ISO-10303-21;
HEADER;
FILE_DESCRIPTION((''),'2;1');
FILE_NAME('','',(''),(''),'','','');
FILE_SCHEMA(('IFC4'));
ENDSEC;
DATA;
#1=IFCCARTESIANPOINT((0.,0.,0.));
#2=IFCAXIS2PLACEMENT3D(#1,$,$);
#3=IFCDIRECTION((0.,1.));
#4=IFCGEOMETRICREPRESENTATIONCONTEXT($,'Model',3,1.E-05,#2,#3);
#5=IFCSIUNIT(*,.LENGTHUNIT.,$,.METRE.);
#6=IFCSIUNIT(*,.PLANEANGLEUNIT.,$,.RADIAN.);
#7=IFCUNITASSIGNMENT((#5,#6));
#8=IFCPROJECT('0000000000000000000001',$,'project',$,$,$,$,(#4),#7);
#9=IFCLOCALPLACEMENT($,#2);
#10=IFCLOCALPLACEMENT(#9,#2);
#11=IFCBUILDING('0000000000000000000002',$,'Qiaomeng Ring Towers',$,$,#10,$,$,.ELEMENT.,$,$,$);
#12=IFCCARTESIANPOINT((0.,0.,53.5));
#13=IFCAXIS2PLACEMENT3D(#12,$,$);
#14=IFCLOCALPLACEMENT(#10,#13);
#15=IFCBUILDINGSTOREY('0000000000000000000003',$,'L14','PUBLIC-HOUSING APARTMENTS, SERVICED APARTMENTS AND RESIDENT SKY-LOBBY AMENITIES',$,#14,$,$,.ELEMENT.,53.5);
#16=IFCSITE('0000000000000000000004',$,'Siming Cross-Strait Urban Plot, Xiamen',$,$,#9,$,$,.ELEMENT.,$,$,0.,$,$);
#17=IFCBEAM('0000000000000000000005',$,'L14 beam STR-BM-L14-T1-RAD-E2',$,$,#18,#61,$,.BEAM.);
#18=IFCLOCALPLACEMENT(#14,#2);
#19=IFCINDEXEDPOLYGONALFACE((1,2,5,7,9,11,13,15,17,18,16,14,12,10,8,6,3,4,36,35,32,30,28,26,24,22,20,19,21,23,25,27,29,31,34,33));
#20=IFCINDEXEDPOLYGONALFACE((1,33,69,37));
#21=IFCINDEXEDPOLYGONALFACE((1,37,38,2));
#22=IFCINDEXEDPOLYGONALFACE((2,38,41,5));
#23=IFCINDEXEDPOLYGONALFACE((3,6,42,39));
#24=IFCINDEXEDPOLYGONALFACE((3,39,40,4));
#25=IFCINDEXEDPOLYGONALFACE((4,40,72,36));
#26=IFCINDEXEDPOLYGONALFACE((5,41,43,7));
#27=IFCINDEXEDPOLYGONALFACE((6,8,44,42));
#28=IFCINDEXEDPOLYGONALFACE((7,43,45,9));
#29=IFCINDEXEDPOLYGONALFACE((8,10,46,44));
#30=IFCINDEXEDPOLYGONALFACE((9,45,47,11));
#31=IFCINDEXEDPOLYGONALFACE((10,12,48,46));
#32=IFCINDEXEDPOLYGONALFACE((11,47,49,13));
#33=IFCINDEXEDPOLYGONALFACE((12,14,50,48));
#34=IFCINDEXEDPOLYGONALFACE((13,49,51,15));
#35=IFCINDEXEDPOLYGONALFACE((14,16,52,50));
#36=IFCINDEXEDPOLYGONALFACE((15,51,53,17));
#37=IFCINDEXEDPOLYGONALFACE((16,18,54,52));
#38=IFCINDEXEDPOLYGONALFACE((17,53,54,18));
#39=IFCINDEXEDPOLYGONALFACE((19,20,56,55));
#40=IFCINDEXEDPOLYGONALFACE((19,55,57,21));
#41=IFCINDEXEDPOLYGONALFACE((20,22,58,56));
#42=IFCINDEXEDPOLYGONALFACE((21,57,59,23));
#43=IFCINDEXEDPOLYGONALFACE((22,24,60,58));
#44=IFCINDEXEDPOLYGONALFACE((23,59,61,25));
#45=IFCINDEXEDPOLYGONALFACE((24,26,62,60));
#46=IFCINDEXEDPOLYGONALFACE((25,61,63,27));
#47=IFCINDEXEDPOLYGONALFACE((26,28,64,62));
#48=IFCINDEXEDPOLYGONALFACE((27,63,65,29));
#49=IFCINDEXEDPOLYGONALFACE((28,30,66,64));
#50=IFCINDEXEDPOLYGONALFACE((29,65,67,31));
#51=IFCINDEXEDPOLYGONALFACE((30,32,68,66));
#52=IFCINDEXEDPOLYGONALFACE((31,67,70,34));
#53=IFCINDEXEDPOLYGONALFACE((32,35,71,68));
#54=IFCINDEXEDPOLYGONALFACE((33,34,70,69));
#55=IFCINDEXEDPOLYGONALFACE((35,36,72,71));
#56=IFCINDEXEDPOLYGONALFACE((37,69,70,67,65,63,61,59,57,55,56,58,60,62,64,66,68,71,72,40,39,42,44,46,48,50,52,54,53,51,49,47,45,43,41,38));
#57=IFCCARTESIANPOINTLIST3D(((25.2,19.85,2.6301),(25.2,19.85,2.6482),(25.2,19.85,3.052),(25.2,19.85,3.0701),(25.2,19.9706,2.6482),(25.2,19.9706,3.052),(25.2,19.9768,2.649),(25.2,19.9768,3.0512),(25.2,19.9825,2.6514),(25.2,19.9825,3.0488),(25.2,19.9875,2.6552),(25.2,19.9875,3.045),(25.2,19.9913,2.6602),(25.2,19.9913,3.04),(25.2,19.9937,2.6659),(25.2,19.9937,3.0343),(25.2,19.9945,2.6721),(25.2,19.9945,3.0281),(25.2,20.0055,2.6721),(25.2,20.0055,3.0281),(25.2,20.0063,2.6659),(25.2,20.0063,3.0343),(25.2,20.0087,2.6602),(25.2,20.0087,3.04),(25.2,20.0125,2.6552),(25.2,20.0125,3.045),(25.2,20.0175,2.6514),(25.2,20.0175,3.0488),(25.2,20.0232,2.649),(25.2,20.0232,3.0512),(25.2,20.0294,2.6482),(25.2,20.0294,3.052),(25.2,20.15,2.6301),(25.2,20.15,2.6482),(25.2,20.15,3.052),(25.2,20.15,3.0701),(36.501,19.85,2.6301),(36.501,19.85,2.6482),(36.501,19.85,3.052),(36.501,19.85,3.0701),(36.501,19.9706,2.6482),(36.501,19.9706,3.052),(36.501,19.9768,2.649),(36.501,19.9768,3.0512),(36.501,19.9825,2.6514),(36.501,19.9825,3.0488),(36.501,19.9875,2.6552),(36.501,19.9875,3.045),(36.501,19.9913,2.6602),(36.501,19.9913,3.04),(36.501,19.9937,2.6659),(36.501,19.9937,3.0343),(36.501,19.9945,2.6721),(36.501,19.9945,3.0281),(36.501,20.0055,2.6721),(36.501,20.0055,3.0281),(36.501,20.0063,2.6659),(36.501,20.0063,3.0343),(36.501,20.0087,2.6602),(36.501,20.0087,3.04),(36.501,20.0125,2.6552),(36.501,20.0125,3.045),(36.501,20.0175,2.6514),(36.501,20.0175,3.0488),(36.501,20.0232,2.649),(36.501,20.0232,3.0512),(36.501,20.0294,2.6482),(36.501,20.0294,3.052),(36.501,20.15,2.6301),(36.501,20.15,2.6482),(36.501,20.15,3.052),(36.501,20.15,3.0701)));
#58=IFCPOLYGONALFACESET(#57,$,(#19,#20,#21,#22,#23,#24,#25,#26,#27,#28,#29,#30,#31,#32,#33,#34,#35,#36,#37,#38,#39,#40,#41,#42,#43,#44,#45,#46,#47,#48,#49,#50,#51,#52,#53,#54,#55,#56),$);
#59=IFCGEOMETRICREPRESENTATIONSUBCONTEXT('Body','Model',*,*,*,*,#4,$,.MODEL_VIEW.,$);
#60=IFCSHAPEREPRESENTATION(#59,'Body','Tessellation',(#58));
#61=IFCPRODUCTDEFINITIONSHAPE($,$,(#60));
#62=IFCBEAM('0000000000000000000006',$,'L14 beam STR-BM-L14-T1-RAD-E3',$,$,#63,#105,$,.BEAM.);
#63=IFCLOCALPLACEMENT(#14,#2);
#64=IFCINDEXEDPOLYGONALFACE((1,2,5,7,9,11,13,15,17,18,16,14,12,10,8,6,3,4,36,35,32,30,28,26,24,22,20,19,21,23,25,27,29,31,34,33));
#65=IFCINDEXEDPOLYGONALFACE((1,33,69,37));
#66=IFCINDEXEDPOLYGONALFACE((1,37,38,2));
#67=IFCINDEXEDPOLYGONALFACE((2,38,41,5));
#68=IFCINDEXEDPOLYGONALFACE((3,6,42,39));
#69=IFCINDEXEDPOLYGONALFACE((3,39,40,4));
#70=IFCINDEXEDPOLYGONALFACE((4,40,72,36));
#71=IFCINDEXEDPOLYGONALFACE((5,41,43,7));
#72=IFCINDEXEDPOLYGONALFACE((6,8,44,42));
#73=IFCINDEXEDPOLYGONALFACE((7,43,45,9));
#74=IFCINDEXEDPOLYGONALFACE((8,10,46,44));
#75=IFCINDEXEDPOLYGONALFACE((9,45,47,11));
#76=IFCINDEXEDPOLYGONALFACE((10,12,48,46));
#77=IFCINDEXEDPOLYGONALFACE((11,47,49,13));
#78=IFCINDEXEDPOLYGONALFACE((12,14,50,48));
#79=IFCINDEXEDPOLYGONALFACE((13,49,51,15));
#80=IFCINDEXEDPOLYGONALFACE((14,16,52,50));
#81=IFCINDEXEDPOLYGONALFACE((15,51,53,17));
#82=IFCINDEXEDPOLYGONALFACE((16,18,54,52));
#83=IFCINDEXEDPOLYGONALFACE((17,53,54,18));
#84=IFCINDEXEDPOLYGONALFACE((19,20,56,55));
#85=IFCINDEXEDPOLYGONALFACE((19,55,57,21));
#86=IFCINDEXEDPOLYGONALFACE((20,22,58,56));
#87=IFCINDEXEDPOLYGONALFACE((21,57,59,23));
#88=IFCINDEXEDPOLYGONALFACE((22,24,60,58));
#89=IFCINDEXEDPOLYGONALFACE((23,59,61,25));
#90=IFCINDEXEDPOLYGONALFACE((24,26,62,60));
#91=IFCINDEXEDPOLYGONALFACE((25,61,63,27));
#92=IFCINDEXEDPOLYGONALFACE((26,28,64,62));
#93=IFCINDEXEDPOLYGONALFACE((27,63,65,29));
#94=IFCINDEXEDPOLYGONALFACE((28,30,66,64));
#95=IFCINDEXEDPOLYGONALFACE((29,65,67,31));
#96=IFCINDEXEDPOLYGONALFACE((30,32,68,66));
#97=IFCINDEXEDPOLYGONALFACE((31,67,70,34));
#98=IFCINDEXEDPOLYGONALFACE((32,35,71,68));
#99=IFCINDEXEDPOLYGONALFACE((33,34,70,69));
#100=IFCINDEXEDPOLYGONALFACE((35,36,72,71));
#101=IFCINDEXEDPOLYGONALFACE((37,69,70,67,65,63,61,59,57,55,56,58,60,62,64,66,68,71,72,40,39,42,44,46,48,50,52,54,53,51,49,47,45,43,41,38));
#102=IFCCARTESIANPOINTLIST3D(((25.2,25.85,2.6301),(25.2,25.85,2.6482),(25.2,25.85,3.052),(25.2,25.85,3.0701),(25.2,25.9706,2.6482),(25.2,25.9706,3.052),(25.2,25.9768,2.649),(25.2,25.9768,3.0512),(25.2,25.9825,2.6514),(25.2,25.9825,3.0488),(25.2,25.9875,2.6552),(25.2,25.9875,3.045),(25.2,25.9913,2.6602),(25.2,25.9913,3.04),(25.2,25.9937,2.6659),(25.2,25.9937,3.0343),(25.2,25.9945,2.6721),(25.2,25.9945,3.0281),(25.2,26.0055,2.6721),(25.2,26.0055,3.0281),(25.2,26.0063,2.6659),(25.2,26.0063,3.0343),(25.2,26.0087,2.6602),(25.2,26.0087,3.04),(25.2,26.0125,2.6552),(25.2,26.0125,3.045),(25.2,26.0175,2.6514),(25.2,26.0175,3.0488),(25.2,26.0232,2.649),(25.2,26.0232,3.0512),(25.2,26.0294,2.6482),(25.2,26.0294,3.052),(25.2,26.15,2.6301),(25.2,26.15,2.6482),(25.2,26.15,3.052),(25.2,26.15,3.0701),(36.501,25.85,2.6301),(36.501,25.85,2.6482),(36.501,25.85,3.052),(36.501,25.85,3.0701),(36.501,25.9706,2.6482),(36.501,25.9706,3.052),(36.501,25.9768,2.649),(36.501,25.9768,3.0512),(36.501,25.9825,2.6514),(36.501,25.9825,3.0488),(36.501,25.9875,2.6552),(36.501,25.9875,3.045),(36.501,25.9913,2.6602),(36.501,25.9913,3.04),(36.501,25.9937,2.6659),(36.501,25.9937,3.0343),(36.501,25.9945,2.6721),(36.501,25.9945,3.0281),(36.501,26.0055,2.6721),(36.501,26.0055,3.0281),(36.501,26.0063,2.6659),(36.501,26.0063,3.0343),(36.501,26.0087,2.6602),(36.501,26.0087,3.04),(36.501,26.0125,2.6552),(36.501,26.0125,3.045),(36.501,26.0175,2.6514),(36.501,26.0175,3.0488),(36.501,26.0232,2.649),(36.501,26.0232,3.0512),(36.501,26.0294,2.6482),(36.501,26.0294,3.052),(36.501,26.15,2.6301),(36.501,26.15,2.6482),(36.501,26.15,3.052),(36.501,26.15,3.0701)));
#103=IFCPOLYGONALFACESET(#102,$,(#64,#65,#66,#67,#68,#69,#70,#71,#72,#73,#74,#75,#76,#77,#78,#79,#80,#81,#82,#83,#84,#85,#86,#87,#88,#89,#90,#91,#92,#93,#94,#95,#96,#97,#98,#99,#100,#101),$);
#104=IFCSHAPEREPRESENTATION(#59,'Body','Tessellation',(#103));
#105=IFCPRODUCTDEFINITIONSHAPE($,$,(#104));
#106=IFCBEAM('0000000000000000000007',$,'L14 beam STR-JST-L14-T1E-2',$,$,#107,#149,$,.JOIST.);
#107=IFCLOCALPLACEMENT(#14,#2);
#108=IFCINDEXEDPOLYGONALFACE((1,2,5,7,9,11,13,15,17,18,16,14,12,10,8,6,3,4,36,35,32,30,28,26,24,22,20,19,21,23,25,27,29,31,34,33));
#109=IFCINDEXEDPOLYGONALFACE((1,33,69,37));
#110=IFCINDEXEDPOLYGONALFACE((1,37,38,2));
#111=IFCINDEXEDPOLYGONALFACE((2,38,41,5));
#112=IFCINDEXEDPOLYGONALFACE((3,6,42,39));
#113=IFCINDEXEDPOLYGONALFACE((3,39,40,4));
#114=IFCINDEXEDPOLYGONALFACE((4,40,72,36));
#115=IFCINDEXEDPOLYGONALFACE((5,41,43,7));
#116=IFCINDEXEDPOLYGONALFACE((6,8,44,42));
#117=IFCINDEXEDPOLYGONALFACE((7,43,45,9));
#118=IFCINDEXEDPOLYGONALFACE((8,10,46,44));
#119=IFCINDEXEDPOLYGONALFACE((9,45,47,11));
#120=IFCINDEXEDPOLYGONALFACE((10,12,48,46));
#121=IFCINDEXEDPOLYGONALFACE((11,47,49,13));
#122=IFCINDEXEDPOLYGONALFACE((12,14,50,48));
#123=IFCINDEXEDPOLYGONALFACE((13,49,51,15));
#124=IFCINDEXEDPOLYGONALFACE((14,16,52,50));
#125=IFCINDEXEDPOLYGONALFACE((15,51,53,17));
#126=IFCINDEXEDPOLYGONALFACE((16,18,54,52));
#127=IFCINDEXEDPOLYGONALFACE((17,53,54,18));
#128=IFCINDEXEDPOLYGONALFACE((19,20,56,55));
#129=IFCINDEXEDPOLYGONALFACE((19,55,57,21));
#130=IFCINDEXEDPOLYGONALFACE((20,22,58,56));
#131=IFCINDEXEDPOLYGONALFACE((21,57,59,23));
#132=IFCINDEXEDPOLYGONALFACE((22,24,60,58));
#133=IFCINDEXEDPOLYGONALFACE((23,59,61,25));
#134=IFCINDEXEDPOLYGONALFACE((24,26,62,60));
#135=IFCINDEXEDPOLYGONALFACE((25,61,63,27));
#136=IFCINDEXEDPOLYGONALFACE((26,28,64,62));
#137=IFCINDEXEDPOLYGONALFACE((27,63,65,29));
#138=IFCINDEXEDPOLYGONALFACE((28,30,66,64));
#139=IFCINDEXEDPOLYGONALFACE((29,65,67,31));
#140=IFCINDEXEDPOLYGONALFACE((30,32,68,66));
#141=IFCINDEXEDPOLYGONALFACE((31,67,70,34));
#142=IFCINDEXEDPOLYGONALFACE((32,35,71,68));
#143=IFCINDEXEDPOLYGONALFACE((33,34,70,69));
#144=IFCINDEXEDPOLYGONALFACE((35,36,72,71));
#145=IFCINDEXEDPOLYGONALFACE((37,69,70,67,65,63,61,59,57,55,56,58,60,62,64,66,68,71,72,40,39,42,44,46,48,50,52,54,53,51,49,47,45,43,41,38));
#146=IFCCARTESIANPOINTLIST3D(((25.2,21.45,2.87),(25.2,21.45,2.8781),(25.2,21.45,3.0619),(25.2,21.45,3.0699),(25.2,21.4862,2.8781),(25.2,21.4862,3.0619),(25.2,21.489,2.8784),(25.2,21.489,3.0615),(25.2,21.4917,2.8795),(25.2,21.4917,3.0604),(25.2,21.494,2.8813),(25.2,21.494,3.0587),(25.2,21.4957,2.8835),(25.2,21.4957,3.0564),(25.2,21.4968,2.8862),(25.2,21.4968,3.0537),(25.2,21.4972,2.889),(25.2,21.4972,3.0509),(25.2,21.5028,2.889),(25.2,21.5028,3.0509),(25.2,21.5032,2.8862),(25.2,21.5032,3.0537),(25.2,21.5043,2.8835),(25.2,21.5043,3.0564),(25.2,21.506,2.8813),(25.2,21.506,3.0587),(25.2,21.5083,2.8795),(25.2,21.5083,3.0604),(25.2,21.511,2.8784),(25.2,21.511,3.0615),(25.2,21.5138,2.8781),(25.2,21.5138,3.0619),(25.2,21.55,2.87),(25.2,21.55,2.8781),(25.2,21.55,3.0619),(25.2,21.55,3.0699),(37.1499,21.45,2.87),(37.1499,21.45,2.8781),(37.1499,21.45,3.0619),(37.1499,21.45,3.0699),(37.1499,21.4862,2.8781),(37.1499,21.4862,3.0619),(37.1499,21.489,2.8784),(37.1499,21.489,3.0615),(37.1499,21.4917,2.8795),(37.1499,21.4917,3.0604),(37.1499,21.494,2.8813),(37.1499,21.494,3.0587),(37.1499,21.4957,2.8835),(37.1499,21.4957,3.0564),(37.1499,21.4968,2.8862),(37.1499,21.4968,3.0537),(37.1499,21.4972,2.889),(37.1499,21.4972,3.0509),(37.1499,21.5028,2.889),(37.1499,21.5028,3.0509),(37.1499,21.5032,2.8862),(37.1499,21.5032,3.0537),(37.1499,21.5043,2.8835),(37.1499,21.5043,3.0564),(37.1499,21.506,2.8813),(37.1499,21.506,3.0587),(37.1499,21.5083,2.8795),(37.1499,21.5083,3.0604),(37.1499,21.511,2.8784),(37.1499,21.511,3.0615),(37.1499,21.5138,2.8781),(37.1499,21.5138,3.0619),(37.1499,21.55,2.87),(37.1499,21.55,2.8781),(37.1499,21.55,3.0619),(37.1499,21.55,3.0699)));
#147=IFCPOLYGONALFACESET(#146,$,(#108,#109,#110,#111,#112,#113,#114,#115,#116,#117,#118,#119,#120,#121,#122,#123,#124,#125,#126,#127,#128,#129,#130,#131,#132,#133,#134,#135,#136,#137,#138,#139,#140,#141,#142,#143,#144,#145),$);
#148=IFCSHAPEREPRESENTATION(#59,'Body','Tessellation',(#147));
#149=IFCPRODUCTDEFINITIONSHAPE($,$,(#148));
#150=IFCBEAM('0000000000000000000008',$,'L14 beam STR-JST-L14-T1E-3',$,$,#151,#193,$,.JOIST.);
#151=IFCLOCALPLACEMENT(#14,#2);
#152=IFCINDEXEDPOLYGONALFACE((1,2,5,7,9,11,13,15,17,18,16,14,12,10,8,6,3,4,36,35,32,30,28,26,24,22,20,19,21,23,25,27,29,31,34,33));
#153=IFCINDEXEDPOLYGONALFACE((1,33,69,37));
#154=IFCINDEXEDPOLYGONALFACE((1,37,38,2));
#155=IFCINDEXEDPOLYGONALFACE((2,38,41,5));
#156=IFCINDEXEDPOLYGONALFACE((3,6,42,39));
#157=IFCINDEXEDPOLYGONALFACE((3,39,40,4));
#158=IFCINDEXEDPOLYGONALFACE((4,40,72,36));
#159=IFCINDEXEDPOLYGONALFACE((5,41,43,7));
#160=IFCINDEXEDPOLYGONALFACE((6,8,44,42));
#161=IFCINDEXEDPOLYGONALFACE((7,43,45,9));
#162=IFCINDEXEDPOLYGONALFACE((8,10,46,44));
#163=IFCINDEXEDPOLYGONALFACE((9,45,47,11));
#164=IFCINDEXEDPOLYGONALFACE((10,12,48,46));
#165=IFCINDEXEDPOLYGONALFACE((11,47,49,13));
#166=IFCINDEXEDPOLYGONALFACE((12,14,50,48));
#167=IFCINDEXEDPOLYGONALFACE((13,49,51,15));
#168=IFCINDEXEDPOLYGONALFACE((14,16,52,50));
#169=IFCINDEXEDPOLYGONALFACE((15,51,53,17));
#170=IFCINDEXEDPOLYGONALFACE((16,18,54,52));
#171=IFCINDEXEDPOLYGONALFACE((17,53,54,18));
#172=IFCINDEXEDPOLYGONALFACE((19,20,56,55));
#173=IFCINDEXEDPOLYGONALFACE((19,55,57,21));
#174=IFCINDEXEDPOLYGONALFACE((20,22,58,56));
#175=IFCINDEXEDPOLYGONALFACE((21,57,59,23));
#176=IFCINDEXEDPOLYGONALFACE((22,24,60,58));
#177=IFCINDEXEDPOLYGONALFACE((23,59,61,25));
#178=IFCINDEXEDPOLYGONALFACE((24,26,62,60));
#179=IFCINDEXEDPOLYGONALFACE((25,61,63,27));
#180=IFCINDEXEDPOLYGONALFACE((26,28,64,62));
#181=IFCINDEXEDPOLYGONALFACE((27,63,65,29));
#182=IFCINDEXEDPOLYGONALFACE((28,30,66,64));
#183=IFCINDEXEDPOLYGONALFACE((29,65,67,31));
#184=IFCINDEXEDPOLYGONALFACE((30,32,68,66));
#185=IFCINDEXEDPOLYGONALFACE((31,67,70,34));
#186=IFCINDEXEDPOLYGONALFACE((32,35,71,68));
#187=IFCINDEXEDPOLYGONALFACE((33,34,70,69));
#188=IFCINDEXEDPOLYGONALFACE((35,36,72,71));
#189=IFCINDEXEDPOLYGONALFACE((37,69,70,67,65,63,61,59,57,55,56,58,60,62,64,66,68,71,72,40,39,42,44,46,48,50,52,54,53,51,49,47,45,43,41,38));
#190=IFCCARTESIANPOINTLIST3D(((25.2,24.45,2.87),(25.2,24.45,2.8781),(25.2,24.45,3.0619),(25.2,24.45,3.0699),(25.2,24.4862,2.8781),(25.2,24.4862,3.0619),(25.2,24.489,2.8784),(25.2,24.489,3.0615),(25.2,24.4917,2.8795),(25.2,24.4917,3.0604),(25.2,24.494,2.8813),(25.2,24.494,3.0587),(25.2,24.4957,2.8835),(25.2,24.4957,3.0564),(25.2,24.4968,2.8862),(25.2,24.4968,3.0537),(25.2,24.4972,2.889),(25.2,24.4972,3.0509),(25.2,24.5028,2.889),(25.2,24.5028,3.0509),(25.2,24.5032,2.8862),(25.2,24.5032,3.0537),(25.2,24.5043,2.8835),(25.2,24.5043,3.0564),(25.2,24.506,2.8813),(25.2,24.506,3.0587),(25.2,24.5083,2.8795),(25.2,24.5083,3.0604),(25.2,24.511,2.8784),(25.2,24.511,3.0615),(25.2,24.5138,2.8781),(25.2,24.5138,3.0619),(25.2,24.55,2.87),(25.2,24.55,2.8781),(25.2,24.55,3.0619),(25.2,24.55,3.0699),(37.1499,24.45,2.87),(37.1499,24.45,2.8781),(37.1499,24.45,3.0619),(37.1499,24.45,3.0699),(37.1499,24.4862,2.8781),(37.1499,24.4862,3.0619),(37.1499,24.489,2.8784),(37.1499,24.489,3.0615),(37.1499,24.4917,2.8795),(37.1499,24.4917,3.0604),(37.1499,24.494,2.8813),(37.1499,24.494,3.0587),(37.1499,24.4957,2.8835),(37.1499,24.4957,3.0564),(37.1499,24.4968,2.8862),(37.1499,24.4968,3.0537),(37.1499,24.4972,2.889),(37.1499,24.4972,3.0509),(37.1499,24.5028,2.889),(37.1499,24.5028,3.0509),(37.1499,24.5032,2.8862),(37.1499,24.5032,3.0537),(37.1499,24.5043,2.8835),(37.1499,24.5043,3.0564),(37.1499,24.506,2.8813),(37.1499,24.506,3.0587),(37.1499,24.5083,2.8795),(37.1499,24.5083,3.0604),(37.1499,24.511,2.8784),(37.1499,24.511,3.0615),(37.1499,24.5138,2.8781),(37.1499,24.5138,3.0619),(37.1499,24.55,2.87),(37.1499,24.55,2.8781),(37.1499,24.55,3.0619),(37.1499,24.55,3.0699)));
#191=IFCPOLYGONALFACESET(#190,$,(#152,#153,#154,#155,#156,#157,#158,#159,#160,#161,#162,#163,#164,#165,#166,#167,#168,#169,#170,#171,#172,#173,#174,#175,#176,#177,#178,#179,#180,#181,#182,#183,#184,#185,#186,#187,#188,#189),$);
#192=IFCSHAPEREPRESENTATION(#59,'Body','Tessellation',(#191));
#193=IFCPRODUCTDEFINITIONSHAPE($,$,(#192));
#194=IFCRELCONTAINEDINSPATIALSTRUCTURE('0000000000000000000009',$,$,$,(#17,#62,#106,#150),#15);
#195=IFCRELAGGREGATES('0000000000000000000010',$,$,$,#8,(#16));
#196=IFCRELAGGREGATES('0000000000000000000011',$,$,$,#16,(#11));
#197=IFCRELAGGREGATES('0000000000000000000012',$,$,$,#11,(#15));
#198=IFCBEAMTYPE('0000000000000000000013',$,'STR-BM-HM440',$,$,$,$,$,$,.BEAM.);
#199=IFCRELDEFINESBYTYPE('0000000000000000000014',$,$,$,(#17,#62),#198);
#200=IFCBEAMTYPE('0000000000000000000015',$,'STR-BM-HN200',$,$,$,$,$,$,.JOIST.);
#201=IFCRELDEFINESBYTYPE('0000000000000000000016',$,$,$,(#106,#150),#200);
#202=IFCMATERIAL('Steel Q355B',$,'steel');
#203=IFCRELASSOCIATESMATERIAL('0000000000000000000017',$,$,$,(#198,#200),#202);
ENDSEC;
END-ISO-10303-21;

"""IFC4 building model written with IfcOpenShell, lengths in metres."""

from ifc_helpers import new_model, si_unit, direction, frame, origin, origin_2d, place, context, subcontext, project, spatial, i_section, extrude, source, transform, mapped, material, material_profile, profile_set, type_object, element, save


model = new_model("IFC4")

# Units and contexts
model_context = context("Model", 3, precision=1e-05, world=origin(), true_north=direction((0.0, 1.0)))
body_context = subcontext(model_context, "Body", "Model", "MODEL_VIEW")
ifc_project = project(units=[si_unit("LENGTHUNIT", "METRE"), si_unit("PLANEANGLEUNIT", "RADIAN")], contexts=[model_context])

# Site, building, storey
site_placement = place(None, origin())
site = spatial("IfcSite", under=ifc_project, at=site_placement, Name="Siming Cross-Strait Urban Plot, Xiamen", CompositionType="ELEMENT", RefElevation=0.0)
building_placement = place(site_placement, origin())
building = spatial("IfcBuilding", under=site, at=building_placement, Name="Qiaomeng Ring Towers", CompositionType="ELEMENT")
storey_placement = place(building_placement, frame((0.0, 0.0, 53.5)))
storey = spatial("IfcBuildingStorey", under=building, at=storey_placement, Name="L14", Description="PUBLIC-HOUSING APARTMENTS, SERVICED APARTMENTS AND RESIDENT SKY-LOBBY AMENITIES", CompositionType="ELEMENT", Elevation=53.5)

# Beams
ifc_material_1 = material(Name="Steel Q355B", Category="steel")
ifc_material_profile_1 = material_profile(ifc_material_1, i_section(OverallWidth=0.3, OverallDepth=0.4399, WebThickness=0.011, FlangeThickness=0.0181, FilletRadius=0.0239, at=origin_2d()), Name="HM 440x300x11x18")
ifc_profile_set_1 = profile_set([ifc_material_profile_1], Name="Steel Q355B")
beam_type_1 = type_object("IfcBeamType", Name="STR-BM-HM440", PredefinedType="BEAM", material=ifc_profile_set_1)
shared_shape_1 = source(origin(), body_context, "Body", "SweptSolid", [
    extrude(i_section(OverallWidth=0.3, OverallDepth=0.4399, WebThickness=0.011, FlangeThickness=0.0181, FilletRadius=0.0239, at=origin_2d()), origin(), (0.0, 0.0, 1.0), 11.301),
])
for number, where, z_axis, x_axis, name in (
    (1, (25.2, 20.0, 2.8501), (1.0, 0.0, 0.0), (0.0, 1.0, 0.0), "L14 beam STR-BM-L14-T1-RAD-E2"),
    (2, (25.2, 26.0, 2.8501), (1.0, 0.0, 0.0), (0.0, 1.0, 0.0), "L14 beam STR-BM-L14-T1-RAD-E3"),
):
    element("IfcBeam", number, at=place(storey_placement, frame(where, z_axis=z_axis, x_axis=x_axis)), inside=storey, type_object=beam_type_1, Name=name, PredefinedType="BEAM", context=body_context, shape_type="MappedRepresentation", body=[
        mapped(shared_shape_1, transform((0.0, 0.0, 0.0), x_axis=(1.0, 0.0, 0.0), y_axis=(0.0, 1.0, 0.0), z_axis=(0.0, 0.0, 1.0), scale=1.0)),
    ])
ifc_material_profile_2 = material_profile(ifc_material_1, i_section(OverallWidth=0.1001, OverallDepth=0.2, WebThickness=0.0056, FlangeThickness=0.0081, FilletRadius=0.011, at=origin_2d()), Name="HN 200x100x5.5x8")
ifc_profile_set_2 = profile_set([ifc_material_profile_2], Name="Steel Q355B")
beam_type_2 = type_object("IfcBeamType", Name="STR-BM-HN200", PredefinedType="JOIST", material=ifc_profile_set_2)
shared_shape_2 = source(origin(), body_context, "Body", "SweptSolid", [
    extrude(i_section(OverallWidth=0.1001, OverallDepth=0.2, WebThickness=0.0056, FlangeThickness=0.0081, FilletRadius=0.011, at=origin_2d()), origin(), (0.0, 0.0, 1.0), 11.95),
])
for number, where, z_axis, x_axis, name in (
    (3, (25.2, 21.5, 2.97), (1.0, 0.0, 0.0), (0.0, 1.0, 0.0), "L14 beam STR-JST-L14-T1E-2"),
    (4, (25.2, 24.5, 2.97), (1.0, 0.0, 0.0), (0.0, 1.0, 0.0), "L14 beam STR-JST-L14-T1E-3"),
):
    element("IfcBeam", number, at=place(storey_placement, frame(where, z_axis=z_axis, x_axis=x_axis)), inside=storey, type_object=beam_type_2, Name=name, PredefinedType="JOIST", context=body_context, shape_type="MappedRepresentation", body=[
        mapped(shared_shape_2, transform((0.0, 0.0, 0.0), x_axis=(1.0, 0.0, 0.0), y_axis=(0.0, 1.0, 0.0), z_axis=(0.0, 0.0, 1.0), scale=1.0)),
    ])

save(model, "model.ifc")
